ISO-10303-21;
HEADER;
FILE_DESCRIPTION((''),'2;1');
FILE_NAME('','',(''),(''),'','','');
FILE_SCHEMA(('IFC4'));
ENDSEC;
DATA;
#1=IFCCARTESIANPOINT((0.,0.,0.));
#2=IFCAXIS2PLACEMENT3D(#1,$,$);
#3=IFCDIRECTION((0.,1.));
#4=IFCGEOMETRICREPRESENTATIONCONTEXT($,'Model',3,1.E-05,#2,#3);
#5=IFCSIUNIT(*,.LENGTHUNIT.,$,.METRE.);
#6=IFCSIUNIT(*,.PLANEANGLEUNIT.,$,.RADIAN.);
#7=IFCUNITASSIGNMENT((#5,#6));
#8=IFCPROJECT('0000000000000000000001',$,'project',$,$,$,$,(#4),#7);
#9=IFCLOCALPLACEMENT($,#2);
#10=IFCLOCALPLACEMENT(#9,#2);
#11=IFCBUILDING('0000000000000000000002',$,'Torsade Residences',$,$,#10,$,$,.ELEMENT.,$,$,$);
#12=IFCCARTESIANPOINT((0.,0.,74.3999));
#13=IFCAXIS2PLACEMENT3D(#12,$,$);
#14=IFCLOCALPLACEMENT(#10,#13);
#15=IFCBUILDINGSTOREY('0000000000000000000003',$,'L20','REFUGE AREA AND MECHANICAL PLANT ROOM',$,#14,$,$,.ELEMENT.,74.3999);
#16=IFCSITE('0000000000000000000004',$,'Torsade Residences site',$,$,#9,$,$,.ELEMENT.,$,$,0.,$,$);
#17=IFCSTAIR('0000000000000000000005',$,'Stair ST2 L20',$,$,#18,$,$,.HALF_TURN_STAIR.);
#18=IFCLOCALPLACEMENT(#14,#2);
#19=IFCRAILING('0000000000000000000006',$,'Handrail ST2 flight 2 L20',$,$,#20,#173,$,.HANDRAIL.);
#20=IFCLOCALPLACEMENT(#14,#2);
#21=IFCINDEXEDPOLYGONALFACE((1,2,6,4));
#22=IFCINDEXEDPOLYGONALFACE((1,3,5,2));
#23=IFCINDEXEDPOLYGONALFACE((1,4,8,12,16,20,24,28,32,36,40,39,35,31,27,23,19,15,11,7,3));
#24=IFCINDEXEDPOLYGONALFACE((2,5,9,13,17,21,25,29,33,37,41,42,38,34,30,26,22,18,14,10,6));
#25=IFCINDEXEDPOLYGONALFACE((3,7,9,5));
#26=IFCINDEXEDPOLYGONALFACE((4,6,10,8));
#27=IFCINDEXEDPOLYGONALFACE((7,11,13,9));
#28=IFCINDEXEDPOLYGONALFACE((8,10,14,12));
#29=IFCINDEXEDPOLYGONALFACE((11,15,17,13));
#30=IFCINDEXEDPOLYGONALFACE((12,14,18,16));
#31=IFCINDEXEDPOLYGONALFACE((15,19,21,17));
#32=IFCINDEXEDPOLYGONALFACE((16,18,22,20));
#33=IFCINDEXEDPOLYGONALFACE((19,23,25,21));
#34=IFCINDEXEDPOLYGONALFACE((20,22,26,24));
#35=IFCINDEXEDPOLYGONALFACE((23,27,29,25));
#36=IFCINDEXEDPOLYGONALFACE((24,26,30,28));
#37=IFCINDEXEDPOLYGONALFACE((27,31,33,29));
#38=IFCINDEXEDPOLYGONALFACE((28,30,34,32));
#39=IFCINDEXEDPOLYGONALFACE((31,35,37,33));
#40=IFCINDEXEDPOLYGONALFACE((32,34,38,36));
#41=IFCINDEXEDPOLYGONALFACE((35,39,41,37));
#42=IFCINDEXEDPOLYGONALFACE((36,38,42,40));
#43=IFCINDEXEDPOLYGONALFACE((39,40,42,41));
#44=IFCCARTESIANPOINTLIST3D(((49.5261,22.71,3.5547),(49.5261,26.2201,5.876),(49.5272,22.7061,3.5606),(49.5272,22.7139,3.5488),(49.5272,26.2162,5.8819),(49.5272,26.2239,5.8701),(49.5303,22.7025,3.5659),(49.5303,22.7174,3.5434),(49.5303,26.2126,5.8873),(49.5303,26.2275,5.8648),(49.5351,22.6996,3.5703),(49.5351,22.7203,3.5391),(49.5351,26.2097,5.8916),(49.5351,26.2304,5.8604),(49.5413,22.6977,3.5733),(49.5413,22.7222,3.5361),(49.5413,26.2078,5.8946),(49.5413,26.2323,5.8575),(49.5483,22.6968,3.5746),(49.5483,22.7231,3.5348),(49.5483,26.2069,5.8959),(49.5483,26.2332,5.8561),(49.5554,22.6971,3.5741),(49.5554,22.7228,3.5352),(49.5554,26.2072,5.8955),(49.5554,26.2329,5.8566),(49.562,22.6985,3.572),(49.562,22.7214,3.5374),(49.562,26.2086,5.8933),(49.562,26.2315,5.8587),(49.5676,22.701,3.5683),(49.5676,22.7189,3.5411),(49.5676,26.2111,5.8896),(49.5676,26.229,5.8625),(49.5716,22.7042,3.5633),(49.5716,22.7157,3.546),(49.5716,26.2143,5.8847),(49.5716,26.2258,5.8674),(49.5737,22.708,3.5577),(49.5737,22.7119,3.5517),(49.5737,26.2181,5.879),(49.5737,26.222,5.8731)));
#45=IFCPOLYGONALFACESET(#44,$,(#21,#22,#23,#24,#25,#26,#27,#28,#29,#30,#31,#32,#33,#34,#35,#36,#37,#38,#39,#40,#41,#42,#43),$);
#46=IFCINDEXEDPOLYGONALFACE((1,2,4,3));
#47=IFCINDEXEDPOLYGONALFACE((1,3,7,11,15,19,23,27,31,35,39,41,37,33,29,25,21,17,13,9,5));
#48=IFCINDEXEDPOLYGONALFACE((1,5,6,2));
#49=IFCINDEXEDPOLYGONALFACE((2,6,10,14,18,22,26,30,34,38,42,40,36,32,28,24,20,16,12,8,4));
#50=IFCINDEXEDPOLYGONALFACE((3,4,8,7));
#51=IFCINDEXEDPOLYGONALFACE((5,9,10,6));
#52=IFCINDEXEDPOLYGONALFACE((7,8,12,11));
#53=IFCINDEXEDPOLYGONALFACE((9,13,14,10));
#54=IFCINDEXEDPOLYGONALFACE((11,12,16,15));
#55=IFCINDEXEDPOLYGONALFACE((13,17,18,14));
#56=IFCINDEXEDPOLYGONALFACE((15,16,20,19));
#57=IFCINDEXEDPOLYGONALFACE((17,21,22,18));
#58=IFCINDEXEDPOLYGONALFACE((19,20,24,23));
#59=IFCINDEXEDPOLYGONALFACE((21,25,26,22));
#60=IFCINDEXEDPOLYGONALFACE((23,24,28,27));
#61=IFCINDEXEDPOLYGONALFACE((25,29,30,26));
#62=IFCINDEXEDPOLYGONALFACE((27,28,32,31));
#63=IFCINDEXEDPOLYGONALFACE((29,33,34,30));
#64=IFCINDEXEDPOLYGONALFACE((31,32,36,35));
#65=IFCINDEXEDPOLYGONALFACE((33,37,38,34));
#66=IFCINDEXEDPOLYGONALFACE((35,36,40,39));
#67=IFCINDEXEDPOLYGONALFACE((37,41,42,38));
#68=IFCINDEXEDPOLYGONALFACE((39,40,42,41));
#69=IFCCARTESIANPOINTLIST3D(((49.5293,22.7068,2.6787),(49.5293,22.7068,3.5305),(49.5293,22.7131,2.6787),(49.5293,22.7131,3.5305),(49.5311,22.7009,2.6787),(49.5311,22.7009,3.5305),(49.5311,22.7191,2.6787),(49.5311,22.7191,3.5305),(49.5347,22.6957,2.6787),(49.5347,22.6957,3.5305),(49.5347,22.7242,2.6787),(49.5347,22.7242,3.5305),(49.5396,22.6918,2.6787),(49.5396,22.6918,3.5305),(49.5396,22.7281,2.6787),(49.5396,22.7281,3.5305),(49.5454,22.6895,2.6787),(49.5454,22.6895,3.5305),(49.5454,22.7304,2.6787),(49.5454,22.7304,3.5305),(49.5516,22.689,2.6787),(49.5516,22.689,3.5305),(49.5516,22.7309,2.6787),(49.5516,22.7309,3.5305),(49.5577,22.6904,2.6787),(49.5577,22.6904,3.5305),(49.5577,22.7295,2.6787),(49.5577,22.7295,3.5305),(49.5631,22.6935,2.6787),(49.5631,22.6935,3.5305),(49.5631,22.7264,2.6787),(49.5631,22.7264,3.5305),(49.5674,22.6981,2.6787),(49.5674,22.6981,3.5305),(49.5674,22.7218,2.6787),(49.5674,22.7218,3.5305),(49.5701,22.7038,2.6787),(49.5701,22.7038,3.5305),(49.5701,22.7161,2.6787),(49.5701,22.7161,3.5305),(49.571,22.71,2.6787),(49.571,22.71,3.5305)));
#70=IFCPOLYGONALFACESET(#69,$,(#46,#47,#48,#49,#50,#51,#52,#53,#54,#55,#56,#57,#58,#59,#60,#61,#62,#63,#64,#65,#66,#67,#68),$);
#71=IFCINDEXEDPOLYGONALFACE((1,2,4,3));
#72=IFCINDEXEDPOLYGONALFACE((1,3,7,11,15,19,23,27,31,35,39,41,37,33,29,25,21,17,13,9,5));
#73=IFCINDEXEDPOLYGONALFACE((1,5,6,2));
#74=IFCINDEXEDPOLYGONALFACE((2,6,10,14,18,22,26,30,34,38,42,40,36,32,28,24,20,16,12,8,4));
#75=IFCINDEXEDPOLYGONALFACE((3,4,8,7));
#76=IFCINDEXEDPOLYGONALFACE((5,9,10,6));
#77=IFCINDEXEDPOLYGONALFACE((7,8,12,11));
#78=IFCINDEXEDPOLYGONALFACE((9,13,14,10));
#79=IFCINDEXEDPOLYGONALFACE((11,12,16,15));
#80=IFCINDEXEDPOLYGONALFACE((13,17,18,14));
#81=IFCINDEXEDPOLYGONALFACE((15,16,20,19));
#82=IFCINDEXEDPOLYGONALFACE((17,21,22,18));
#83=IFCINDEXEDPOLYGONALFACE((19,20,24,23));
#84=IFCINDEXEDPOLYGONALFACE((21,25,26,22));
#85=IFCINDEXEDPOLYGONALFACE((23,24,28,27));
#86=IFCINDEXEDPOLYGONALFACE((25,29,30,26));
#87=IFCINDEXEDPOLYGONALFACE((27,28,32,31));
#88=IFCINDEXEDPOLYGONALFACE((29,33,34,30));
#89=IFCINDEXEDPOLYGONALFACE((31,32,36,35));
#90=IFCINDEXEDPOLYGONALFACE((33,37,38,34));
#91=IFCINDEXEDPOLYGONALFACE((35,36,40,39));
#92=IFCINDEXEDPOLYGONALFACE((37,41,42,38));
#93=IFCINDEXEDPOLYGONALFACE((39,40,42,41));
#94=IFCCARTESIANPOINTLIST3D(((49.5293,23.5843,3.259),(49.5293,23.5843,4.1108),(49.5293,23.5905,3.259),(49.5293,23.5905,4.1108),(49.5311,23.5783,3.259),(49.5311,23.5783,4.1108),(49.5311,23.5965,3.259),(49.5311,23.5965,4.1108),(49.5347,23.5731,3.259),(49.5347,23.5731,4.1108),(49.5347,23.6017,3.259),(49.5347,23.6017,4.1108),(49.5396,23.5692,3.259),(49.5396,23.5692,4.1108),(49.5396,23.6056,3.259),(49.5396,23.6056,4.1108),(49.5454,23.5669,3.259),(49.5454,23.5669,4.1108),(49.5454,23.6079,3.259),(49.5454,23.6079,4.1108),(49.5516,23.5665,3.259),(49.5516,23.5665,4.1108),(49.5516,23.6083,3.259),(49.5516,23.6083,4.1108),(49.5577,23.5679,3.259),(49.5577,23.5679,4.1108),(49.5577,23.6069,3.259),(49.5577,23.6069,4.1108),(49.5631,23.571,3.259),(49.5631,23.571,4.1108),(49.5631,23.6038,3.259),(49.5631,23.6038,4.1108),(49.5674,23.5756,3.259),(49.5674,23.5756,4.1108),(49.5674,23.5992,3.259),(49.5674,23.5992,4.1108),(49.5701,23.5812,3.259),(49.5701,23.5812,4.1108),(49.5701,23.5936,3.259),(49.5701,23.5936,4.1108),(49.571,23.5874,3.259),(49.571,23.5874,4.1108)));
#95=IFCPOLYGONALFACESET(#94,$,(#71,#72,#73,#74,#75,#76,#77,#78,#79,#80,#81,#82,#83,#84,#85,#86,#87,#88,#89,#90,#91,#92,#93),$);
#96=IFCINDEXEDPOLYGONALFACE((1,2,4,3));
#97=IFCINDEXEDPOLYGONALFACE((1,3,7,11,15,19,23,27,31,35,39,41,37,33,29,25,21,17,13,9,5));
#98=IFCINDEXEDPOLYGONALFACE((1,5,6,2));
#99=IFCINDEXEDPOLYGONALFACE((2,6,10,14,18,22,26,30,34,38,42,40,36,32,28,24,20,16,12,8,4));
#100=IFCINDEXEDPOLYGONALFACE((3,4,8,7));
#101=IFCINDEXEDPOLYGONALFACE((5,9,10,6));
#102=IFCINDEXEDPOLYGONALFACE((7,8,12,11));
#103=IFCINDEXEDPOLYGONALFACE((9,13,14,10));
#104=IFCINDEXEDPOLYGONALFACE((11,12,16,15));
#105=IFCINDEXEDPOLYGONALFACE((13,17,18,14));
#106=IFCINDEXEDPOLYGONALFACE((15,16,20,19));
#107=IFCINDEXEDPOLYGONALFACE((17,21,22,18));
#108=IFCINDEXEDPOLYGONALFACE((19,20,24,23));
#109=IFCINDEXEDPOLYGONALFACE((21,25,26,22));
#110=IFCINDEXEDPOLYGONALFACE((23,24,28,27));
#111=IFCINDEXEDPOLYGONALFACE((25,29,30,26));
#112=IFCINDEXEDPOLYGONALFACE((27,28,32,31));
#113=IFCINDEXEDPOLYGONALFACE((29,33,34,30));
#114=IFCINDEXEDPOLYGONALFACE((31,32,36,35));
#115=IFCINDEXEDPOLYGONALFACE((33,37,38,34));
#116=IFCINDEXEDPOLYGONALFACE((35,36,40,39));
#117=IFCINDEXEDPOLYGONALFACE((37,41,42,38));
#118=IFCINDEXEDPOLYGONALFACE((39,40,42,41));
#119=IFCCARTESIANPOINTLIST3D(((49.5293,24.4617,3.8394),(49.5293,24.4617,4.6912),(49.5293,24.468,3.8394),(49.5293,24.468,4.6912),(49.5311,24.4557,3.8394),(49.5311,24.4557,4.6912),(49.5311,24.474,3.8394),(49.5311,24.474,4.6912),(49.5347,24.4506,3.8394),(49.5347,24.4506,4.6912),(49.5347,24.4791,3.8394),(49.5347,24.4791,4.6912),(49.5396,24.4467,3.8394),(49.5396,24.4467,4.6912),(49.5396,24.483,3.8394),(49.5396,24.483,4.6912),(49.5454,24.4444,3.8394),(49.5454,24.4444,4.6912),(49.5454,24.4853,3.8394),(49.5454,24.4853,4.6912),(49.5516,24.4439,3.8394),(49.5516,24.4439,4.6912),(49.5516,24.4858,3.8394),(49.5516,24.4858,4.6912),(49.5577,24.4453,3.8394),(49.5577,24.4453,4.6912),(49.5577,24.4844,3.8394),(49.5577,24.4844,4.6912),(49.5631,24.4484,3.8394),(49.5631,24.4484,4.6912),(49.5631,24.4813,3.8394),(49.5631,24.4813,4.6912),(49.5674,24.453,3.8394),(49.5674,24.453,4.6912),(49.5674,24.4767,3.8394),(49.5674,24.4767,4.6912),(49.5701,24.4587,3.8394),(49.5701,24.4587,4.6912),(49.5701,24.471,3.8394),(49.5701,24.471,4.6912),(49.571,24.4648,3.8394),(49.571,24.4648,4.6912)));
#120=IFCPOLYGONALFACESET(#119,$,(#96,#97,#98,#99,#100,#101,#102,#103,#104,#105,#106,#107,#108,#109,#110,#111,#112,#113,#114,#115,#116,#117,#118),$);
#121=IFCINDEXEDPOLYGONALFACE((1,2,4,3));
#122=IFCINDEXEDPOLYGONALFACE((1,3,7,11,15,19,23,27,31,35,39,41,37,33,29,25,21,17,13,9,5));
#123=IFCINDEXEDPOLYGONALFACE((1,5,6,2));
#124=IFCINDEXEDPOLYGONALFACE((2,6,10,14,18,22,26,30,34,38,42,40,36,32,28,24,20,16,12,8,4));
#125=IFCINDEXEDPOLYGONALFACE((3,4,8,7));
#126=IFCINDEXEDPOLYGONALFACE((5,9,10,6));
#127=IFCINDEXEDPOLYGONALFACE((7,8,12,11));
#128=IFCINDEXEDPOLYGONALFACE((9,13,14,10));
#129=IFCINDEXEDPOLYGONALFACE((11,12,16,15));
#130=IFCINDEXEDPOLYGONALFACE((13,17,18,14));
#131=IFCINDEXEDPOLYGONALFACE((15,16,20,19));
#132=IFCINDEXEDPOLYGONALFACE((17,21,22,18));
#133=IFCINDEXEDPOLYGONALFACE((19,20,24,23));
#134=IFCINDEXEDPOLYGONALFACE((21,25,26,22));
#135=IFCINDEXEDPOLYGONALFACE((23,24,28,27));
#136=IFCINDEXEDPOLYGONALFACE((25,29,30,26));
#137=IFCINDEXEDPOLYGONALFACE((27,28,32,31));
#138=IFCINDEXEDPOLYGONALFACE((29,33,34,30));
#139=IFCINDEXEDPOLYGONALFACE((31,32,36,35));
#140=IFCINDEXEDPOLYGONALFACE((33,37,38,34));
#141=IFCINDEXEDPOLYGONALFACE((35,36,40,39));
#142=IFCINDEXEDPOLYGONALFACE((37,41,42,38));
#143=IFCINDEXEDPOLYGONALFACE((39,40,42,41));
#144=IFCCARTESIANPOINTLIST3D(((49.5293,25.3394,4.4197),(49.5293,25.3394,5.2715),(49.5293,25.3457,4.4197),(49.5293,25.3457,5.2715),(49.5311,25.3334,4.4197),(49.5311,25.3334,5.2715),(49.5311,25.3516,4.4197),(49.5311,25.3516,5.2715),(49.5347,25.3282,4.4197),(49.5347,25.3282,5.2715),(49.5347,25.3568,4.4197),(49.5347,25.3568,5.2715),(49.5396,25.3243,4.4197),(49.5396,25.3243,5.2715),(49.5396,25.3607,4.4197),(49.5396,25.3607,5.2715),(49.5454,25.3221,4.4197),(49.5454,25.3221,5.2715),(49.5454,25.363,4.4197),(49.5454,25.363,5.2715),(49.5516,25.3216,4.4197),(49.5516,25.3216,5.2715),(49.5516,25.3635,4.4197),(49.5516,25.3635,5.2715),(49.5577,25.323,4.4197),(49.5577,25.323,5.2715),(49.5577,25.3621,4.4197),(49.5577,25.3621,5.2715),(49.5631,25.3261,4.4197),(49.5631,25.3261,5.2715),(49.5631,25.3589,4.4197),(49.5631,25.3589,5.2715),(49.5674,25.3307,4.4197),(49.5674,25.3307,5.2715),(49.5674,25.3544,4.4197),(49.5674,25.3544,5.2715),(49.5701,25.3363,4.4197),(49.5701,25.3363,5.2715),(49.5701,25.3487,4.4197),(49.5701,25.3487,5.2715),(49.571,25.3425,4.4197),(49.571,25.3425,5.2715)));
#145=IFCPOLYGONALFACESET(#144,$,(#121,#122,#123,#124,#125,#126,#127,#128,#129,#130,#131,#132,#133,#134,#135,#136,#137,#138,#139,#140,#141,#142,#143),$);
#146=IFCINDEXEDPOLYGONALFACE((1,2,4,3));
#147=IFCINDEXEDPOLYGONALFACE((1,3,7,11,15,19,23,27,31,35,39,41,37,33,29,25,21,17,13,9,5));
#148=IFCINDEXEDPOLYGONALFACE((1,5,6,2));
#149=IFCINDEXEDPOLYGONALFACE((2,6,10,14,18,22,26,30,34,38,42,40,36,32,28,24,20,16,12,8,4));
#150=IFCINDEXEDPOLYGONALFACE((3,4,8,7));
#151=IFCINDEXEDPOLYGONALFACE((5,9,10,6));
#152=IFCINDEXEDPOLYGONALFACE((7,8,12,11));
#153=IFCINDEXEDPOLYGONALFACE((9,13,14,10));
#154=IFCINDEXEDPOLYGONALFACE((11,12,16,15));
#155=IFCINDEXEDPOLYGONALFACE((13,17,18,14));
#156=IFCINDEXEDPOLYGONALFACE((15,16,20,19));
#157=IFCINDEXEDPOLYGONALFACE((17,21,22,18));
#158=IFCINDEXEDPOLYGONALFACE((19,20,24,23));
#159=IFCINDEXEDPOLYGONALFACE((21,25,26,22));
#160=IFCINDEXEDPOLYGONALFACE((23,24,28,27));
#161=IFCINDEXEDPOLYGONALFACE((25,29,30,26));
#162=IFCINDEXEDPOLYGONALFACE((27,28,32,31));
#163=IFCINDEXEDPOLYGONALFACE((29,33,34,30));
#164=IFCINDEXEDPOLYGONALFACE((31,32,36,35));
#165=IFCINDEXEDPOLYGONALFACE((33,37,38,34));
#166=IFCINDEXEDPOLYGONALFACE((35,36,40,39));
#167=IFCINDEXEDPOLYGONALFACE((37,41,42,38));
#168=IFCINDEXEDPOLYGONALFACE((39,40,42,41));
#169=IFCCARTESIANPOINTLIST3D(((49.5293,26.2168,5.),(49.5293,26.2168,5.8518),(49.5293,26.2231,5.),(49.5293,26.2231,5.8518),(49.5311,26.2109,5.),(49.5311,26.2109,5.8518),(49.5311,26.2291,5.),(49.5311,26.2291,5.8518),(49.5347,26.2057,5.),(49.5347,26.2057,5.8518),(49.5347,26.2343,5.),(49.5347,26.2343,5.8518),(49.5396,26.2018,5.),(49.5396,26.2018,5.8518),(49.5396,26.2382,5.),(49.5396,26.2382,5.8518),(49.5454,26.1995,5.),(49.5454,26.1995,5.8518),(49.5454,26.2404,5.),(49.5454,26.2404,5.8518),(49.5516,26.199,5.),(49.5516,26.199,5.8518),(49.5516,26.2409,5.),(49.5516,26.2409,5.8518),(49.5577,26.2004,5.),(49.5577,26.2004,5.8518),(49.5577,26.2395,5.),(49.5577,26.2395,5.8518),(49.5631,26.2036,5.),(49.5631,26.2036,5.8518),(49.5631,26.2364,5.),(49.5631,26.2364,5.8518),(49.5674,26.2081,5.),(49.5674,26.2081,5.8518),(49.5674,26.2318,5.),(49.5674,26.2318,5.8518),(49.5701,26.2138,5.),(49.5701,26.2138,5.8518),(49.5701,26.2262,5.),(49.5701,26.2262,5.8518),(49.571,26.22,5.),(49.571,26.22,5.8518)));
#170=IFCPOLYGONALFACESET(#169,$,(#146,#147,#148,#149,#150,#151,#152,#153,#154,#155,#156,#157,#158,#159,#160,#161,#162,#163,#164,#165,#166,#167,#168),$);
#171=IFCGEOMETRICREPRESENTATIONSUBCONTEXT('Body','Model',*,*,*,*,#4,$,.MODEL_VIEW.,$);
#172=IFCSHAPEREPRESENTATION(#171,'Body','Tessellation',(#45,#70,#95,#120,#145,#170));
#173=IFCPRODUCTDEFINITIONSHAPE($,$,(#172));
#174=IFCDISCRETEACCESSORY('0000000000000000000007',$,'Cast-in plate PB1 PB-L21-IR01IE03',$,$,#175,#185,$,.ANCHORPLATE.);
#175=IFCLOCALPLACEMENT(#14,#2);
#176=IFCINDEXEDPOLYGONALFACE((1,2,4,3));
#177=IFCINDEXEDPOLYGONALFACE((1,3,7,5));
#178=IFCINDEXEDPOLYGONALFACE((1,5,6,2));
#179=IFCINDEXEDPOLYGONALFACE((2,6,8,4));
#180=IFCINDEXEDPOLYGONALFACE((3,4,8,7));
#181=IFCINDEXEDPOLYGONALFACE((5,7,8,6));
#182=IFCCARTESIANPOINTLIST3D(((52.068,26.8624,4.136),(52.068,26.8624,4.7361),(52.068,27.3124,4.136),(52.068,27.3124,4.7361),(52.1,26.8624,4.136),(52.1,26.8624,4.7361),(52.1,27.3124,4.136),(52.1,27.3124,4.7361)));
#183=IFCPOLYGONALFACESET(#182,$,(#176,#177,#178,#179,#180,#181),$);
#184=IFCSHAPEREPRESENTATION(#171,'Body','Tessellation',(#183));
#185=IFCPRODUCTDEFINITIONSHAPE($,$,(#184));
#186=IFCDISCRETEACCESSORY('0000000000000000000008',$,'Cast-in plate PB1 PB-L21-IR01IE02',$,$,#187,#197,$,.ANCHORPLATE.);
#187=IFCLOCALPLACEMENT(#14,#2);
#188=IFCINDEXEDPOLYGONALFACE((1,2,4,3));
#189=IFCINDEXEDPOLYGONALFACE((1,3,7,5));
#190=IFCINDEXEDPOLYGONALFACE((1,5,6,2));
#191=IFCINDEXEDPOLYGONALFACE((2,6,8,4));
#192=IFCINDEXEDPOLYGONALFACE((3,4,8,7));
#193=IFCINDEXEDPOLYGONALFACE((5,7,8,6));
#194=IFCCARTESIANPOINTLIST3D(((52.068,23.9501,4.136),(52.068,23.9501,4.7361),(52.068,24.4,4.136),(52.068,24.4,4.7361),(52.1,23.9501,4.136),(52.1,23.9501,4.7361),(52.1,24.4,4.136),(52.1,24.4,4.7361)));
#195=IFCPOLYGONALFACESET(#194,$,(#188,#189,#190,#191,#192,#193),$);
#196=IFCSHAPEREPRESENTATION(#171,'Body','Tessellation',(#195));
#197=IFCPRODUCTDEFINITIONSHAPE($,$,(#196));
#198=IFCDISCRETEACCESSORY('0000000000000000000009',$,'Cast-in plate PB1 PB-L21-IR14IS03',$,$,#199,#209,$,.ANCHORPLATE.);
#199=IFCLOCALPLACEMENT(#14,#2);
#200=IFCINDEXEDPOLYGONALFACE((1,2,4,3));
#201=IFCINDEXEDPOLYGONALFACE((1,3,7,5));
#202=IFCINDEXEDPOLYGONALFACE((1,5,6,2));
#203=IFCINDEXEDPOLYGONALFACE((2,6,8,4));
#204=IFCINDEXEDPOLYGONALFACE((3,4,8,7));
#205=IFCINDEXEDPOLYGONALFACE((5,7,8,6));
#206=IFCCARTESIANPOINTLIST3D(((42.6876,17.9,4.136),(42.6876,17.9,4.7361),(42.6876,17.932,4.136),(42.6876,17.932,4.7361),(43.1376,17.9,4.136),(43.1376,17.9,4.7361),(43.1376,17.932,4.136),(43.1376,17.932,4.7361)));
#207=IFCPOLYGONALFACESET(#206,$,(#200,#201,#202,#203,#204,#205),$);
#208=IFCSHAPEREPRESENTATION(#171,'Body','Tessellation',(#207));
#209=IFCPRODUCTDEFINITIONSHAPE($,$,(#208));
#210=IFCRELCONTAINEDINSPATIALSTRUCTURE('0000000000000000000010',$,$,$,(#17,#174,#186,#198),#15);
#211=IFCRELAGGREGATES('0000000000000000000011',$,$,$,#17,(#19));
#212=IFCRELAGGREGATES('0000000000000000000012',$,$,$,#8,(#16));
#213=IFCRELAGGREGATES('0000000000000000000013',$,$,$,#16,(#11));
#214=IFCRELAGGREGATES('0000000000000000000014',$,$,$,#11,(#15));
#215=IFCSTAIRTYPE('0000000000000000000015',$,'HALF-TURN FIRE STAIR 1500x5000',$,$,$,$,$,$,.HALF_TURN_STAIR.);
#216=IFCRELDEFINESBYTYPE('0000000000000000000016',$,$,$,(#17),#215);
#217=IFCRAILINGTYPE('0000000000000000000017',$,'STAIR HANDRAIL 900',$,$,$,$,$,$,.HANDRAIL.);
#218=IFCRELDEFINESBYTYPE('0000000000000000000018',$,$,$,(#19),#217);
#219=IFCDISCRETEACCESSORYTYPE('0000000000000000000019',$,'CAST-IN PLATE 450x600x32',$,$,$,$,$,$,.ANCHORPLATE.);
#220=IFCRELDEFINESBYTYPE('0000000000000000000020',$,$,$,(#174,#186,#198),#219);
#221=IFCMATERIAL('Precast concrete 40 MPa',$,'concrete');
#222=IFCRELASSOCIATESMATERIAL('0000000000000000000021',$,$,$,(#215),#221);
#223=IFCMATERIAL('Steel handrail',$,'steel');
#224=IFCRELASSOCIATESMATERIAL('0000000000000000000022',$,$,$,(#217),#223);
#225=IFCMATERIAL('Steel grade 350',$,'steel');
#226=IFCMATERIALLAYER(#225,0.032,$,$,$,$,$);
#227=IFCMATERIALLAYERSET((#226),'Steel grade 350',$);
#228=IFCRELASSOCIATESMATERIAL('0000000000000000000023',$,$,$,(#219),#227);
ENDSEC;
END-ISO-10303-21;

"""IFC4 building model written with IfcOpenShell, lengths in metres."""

from ifc_helpers import new_model, si_unit, direction, frame, origin, origin_2d, place, context, subcontext, project, spatial, rectangle, circle, extrude, material, layer, layer_set, type_object, element, aggregate, save


model = new_model("IFC4")

# Units and contexts
model_context = context("Model", 3, precision=1e-05, world=origin(), true_north=direction((0.0, 1.0)))
body_context = subcontext(model_context, "Body", "Model", "MODEL_VIEW")
ifc_project = project(units=[si_unit("LENGTHUNIT", "METRE"), si_unit("PLANEANGLEUNIT", "RADIAN")], contexts=[model_context])

# Site, building, storey
site_placement = place(None, origin())
site = spatial("IfcSite", under=ifc_project, at=site_placement, Name="Torsade Residences site", CompositionType="ELEMENT", RefElevation=0.0)
building_placement = place(site_placement, origin())
building = spatial("IfcBuilding", under=site, at=building_placement, Name="Torsade Residences", CompositionType="ELEMENT")
storey_placement = place(building_placement, frame((0.0, 0.0, 74.3999)))
storey = spatial("IfcBuildingStorey", under=building, at=storey_placement, Name="L20", Description="REFUGE AREA AND MECHANICAL PLANT ROOM", CompositionType="ELEMENT", Elevation=74.3999)

# Stair, railing
ifc_material_1 = material(Name="Precast concrete 40 MPa", Category="concrete")
stair_type = type_object("IfcStairType", Name="HALF-TURN FIRE STAIR 1500x5000", PredefinedType="HALF_TURN_STAIR", material=ifc_material_1)
stair_placement = place(storey_placement, origin())
stair = element("IfcStair", 1, at=stair_placement, inside=storey, type_object=stair_type, Name="Stair ST2 L20", PredefinedType="HALF_TURN_STAIR")
ifc_material_2 = material(Name="Steel handrail", Category="steel")
railing_type = type_object("IfcRailingType", Name="STAIR HANDRAIL 900", PredefinedType="HANDRAIL", material=ifc_material_2)
railing_1_placement = place(storey_placement, frame((49.55, 22.71, 2.6787)))
railing_1 = element("IfcRailing", 2, at=railing_1_placement, type_object=railing_type, Name="Handrail ST2 flight 2 L20", PredefinedType="HANDRAIL", context=body_context, shape_type="SweptSolid", body=[
    extrude(circle(Radius=0.0239, at=origin_2d()), frame((0.0, 0.0, 0.876), z_axis=(0.0, 0.834097, 0.551617), x_axis=(-1.0, 0.0, 0.0)), (0.0, 0.0, 1.0), 4.2083),
    extrude(circle(Radius=0.021, at=origin_2d()), origin(), (0.0, 0.0, 1.0), 0.8518),
    extrude(circle(Radius=0.021, at=origin_2d()), frame((0.0, 0.8774, 0.5803)), (0.0, 0.0, 1.0), 0.8518),
    extrude(circle(Radius=0.021, at=origin_2d()), frame((0.0, 1.7549, 1.1606)), (0.0, 0.0, 1.0), 0.8518),
    extrude(circle(Radius=0.021, at=origin_2d()), frame((0.0, 2.6326, 1.741)), (0.0, 0.0, 1.0), 0.8518),
    extrude(circle(Radius=0.021, at=origin_2d()), frame((0.0, 3.51, 2.3213)), (0.0, 0.0, 1.0), 0.8518),
])
aggregate(stair, [railing_1])

# Discrete accessories
ifc_material_3 = material(Name="Steel grade 350", Category="steel")
ifc_layer_1 = layer(ifc_material_3, 0.032)
ifc_layer_set_1 = layer_set([ifc_layer_1], Name="Steel grade 350")
discrete_accessory_type = type_object("IfcDiscreteAccessoryType", Name="CAST-IN PLATE 450x600x32", PredefinedType="ANCHORPLATE", material=ifc_layer_set_1)
for number, where, z_axis, x_axis, name in (
    (3, (52.084, 27.0874, 4.136), (0.0, 0.0, 1.0), (1.0, 0.0, 0.0), "Cast-in plate PB1 PB-L21-IR01IE03"),
    (4, (52.084, 24.175, 4.136), (0.0, 0.0, 1.0), (1.0, 0.0, 0.0), "Cast-in plate PB1 PB-L21-IR01IE02"),
):
    element("IfcDiscreteAccessory", number, at=place(storey_placement, frame(where, z_axis=z_axis, x_axis=x_axis)), inside=storey, type_object=discrete_accessory_type, Name=name, PredefinedType="ANCHORPLATE", context=body_context, shape_type="SweptSolid", body=[
        extrude(rectangle(XDim=0.032, YDim=0.45, at=origin_2d()), origin(), (0.0, 0.0, 1.0), 0.6001),
    ])
for number, where, z_axis, x_axis, name in (
    (5, (42.9126, 17.916, 4.136), (0.0, 0.0, 1.0), (1.0, 0.0, 0.0), "Cast-in plate PB1 PB-L21-IR14IS03"),
):
    element("IfcDiscreteAccessory", number, at=place(storey_placement, frame(where, z_axis=z_axis, x_axis=x_axis)), inside=storey, type_object=discrete_accessory_type, Name=name, PredefinedType="ANCHORPLATE", context=body_context, shape_type="SweptSolid", body=[
        extrude(rectangle(XDim=0.45, YDim=0.032, at=origin_2d()), origin(), (0.0, 0.0, 1.0), 0.6001),
    ])

save(model, "model.ifc")
